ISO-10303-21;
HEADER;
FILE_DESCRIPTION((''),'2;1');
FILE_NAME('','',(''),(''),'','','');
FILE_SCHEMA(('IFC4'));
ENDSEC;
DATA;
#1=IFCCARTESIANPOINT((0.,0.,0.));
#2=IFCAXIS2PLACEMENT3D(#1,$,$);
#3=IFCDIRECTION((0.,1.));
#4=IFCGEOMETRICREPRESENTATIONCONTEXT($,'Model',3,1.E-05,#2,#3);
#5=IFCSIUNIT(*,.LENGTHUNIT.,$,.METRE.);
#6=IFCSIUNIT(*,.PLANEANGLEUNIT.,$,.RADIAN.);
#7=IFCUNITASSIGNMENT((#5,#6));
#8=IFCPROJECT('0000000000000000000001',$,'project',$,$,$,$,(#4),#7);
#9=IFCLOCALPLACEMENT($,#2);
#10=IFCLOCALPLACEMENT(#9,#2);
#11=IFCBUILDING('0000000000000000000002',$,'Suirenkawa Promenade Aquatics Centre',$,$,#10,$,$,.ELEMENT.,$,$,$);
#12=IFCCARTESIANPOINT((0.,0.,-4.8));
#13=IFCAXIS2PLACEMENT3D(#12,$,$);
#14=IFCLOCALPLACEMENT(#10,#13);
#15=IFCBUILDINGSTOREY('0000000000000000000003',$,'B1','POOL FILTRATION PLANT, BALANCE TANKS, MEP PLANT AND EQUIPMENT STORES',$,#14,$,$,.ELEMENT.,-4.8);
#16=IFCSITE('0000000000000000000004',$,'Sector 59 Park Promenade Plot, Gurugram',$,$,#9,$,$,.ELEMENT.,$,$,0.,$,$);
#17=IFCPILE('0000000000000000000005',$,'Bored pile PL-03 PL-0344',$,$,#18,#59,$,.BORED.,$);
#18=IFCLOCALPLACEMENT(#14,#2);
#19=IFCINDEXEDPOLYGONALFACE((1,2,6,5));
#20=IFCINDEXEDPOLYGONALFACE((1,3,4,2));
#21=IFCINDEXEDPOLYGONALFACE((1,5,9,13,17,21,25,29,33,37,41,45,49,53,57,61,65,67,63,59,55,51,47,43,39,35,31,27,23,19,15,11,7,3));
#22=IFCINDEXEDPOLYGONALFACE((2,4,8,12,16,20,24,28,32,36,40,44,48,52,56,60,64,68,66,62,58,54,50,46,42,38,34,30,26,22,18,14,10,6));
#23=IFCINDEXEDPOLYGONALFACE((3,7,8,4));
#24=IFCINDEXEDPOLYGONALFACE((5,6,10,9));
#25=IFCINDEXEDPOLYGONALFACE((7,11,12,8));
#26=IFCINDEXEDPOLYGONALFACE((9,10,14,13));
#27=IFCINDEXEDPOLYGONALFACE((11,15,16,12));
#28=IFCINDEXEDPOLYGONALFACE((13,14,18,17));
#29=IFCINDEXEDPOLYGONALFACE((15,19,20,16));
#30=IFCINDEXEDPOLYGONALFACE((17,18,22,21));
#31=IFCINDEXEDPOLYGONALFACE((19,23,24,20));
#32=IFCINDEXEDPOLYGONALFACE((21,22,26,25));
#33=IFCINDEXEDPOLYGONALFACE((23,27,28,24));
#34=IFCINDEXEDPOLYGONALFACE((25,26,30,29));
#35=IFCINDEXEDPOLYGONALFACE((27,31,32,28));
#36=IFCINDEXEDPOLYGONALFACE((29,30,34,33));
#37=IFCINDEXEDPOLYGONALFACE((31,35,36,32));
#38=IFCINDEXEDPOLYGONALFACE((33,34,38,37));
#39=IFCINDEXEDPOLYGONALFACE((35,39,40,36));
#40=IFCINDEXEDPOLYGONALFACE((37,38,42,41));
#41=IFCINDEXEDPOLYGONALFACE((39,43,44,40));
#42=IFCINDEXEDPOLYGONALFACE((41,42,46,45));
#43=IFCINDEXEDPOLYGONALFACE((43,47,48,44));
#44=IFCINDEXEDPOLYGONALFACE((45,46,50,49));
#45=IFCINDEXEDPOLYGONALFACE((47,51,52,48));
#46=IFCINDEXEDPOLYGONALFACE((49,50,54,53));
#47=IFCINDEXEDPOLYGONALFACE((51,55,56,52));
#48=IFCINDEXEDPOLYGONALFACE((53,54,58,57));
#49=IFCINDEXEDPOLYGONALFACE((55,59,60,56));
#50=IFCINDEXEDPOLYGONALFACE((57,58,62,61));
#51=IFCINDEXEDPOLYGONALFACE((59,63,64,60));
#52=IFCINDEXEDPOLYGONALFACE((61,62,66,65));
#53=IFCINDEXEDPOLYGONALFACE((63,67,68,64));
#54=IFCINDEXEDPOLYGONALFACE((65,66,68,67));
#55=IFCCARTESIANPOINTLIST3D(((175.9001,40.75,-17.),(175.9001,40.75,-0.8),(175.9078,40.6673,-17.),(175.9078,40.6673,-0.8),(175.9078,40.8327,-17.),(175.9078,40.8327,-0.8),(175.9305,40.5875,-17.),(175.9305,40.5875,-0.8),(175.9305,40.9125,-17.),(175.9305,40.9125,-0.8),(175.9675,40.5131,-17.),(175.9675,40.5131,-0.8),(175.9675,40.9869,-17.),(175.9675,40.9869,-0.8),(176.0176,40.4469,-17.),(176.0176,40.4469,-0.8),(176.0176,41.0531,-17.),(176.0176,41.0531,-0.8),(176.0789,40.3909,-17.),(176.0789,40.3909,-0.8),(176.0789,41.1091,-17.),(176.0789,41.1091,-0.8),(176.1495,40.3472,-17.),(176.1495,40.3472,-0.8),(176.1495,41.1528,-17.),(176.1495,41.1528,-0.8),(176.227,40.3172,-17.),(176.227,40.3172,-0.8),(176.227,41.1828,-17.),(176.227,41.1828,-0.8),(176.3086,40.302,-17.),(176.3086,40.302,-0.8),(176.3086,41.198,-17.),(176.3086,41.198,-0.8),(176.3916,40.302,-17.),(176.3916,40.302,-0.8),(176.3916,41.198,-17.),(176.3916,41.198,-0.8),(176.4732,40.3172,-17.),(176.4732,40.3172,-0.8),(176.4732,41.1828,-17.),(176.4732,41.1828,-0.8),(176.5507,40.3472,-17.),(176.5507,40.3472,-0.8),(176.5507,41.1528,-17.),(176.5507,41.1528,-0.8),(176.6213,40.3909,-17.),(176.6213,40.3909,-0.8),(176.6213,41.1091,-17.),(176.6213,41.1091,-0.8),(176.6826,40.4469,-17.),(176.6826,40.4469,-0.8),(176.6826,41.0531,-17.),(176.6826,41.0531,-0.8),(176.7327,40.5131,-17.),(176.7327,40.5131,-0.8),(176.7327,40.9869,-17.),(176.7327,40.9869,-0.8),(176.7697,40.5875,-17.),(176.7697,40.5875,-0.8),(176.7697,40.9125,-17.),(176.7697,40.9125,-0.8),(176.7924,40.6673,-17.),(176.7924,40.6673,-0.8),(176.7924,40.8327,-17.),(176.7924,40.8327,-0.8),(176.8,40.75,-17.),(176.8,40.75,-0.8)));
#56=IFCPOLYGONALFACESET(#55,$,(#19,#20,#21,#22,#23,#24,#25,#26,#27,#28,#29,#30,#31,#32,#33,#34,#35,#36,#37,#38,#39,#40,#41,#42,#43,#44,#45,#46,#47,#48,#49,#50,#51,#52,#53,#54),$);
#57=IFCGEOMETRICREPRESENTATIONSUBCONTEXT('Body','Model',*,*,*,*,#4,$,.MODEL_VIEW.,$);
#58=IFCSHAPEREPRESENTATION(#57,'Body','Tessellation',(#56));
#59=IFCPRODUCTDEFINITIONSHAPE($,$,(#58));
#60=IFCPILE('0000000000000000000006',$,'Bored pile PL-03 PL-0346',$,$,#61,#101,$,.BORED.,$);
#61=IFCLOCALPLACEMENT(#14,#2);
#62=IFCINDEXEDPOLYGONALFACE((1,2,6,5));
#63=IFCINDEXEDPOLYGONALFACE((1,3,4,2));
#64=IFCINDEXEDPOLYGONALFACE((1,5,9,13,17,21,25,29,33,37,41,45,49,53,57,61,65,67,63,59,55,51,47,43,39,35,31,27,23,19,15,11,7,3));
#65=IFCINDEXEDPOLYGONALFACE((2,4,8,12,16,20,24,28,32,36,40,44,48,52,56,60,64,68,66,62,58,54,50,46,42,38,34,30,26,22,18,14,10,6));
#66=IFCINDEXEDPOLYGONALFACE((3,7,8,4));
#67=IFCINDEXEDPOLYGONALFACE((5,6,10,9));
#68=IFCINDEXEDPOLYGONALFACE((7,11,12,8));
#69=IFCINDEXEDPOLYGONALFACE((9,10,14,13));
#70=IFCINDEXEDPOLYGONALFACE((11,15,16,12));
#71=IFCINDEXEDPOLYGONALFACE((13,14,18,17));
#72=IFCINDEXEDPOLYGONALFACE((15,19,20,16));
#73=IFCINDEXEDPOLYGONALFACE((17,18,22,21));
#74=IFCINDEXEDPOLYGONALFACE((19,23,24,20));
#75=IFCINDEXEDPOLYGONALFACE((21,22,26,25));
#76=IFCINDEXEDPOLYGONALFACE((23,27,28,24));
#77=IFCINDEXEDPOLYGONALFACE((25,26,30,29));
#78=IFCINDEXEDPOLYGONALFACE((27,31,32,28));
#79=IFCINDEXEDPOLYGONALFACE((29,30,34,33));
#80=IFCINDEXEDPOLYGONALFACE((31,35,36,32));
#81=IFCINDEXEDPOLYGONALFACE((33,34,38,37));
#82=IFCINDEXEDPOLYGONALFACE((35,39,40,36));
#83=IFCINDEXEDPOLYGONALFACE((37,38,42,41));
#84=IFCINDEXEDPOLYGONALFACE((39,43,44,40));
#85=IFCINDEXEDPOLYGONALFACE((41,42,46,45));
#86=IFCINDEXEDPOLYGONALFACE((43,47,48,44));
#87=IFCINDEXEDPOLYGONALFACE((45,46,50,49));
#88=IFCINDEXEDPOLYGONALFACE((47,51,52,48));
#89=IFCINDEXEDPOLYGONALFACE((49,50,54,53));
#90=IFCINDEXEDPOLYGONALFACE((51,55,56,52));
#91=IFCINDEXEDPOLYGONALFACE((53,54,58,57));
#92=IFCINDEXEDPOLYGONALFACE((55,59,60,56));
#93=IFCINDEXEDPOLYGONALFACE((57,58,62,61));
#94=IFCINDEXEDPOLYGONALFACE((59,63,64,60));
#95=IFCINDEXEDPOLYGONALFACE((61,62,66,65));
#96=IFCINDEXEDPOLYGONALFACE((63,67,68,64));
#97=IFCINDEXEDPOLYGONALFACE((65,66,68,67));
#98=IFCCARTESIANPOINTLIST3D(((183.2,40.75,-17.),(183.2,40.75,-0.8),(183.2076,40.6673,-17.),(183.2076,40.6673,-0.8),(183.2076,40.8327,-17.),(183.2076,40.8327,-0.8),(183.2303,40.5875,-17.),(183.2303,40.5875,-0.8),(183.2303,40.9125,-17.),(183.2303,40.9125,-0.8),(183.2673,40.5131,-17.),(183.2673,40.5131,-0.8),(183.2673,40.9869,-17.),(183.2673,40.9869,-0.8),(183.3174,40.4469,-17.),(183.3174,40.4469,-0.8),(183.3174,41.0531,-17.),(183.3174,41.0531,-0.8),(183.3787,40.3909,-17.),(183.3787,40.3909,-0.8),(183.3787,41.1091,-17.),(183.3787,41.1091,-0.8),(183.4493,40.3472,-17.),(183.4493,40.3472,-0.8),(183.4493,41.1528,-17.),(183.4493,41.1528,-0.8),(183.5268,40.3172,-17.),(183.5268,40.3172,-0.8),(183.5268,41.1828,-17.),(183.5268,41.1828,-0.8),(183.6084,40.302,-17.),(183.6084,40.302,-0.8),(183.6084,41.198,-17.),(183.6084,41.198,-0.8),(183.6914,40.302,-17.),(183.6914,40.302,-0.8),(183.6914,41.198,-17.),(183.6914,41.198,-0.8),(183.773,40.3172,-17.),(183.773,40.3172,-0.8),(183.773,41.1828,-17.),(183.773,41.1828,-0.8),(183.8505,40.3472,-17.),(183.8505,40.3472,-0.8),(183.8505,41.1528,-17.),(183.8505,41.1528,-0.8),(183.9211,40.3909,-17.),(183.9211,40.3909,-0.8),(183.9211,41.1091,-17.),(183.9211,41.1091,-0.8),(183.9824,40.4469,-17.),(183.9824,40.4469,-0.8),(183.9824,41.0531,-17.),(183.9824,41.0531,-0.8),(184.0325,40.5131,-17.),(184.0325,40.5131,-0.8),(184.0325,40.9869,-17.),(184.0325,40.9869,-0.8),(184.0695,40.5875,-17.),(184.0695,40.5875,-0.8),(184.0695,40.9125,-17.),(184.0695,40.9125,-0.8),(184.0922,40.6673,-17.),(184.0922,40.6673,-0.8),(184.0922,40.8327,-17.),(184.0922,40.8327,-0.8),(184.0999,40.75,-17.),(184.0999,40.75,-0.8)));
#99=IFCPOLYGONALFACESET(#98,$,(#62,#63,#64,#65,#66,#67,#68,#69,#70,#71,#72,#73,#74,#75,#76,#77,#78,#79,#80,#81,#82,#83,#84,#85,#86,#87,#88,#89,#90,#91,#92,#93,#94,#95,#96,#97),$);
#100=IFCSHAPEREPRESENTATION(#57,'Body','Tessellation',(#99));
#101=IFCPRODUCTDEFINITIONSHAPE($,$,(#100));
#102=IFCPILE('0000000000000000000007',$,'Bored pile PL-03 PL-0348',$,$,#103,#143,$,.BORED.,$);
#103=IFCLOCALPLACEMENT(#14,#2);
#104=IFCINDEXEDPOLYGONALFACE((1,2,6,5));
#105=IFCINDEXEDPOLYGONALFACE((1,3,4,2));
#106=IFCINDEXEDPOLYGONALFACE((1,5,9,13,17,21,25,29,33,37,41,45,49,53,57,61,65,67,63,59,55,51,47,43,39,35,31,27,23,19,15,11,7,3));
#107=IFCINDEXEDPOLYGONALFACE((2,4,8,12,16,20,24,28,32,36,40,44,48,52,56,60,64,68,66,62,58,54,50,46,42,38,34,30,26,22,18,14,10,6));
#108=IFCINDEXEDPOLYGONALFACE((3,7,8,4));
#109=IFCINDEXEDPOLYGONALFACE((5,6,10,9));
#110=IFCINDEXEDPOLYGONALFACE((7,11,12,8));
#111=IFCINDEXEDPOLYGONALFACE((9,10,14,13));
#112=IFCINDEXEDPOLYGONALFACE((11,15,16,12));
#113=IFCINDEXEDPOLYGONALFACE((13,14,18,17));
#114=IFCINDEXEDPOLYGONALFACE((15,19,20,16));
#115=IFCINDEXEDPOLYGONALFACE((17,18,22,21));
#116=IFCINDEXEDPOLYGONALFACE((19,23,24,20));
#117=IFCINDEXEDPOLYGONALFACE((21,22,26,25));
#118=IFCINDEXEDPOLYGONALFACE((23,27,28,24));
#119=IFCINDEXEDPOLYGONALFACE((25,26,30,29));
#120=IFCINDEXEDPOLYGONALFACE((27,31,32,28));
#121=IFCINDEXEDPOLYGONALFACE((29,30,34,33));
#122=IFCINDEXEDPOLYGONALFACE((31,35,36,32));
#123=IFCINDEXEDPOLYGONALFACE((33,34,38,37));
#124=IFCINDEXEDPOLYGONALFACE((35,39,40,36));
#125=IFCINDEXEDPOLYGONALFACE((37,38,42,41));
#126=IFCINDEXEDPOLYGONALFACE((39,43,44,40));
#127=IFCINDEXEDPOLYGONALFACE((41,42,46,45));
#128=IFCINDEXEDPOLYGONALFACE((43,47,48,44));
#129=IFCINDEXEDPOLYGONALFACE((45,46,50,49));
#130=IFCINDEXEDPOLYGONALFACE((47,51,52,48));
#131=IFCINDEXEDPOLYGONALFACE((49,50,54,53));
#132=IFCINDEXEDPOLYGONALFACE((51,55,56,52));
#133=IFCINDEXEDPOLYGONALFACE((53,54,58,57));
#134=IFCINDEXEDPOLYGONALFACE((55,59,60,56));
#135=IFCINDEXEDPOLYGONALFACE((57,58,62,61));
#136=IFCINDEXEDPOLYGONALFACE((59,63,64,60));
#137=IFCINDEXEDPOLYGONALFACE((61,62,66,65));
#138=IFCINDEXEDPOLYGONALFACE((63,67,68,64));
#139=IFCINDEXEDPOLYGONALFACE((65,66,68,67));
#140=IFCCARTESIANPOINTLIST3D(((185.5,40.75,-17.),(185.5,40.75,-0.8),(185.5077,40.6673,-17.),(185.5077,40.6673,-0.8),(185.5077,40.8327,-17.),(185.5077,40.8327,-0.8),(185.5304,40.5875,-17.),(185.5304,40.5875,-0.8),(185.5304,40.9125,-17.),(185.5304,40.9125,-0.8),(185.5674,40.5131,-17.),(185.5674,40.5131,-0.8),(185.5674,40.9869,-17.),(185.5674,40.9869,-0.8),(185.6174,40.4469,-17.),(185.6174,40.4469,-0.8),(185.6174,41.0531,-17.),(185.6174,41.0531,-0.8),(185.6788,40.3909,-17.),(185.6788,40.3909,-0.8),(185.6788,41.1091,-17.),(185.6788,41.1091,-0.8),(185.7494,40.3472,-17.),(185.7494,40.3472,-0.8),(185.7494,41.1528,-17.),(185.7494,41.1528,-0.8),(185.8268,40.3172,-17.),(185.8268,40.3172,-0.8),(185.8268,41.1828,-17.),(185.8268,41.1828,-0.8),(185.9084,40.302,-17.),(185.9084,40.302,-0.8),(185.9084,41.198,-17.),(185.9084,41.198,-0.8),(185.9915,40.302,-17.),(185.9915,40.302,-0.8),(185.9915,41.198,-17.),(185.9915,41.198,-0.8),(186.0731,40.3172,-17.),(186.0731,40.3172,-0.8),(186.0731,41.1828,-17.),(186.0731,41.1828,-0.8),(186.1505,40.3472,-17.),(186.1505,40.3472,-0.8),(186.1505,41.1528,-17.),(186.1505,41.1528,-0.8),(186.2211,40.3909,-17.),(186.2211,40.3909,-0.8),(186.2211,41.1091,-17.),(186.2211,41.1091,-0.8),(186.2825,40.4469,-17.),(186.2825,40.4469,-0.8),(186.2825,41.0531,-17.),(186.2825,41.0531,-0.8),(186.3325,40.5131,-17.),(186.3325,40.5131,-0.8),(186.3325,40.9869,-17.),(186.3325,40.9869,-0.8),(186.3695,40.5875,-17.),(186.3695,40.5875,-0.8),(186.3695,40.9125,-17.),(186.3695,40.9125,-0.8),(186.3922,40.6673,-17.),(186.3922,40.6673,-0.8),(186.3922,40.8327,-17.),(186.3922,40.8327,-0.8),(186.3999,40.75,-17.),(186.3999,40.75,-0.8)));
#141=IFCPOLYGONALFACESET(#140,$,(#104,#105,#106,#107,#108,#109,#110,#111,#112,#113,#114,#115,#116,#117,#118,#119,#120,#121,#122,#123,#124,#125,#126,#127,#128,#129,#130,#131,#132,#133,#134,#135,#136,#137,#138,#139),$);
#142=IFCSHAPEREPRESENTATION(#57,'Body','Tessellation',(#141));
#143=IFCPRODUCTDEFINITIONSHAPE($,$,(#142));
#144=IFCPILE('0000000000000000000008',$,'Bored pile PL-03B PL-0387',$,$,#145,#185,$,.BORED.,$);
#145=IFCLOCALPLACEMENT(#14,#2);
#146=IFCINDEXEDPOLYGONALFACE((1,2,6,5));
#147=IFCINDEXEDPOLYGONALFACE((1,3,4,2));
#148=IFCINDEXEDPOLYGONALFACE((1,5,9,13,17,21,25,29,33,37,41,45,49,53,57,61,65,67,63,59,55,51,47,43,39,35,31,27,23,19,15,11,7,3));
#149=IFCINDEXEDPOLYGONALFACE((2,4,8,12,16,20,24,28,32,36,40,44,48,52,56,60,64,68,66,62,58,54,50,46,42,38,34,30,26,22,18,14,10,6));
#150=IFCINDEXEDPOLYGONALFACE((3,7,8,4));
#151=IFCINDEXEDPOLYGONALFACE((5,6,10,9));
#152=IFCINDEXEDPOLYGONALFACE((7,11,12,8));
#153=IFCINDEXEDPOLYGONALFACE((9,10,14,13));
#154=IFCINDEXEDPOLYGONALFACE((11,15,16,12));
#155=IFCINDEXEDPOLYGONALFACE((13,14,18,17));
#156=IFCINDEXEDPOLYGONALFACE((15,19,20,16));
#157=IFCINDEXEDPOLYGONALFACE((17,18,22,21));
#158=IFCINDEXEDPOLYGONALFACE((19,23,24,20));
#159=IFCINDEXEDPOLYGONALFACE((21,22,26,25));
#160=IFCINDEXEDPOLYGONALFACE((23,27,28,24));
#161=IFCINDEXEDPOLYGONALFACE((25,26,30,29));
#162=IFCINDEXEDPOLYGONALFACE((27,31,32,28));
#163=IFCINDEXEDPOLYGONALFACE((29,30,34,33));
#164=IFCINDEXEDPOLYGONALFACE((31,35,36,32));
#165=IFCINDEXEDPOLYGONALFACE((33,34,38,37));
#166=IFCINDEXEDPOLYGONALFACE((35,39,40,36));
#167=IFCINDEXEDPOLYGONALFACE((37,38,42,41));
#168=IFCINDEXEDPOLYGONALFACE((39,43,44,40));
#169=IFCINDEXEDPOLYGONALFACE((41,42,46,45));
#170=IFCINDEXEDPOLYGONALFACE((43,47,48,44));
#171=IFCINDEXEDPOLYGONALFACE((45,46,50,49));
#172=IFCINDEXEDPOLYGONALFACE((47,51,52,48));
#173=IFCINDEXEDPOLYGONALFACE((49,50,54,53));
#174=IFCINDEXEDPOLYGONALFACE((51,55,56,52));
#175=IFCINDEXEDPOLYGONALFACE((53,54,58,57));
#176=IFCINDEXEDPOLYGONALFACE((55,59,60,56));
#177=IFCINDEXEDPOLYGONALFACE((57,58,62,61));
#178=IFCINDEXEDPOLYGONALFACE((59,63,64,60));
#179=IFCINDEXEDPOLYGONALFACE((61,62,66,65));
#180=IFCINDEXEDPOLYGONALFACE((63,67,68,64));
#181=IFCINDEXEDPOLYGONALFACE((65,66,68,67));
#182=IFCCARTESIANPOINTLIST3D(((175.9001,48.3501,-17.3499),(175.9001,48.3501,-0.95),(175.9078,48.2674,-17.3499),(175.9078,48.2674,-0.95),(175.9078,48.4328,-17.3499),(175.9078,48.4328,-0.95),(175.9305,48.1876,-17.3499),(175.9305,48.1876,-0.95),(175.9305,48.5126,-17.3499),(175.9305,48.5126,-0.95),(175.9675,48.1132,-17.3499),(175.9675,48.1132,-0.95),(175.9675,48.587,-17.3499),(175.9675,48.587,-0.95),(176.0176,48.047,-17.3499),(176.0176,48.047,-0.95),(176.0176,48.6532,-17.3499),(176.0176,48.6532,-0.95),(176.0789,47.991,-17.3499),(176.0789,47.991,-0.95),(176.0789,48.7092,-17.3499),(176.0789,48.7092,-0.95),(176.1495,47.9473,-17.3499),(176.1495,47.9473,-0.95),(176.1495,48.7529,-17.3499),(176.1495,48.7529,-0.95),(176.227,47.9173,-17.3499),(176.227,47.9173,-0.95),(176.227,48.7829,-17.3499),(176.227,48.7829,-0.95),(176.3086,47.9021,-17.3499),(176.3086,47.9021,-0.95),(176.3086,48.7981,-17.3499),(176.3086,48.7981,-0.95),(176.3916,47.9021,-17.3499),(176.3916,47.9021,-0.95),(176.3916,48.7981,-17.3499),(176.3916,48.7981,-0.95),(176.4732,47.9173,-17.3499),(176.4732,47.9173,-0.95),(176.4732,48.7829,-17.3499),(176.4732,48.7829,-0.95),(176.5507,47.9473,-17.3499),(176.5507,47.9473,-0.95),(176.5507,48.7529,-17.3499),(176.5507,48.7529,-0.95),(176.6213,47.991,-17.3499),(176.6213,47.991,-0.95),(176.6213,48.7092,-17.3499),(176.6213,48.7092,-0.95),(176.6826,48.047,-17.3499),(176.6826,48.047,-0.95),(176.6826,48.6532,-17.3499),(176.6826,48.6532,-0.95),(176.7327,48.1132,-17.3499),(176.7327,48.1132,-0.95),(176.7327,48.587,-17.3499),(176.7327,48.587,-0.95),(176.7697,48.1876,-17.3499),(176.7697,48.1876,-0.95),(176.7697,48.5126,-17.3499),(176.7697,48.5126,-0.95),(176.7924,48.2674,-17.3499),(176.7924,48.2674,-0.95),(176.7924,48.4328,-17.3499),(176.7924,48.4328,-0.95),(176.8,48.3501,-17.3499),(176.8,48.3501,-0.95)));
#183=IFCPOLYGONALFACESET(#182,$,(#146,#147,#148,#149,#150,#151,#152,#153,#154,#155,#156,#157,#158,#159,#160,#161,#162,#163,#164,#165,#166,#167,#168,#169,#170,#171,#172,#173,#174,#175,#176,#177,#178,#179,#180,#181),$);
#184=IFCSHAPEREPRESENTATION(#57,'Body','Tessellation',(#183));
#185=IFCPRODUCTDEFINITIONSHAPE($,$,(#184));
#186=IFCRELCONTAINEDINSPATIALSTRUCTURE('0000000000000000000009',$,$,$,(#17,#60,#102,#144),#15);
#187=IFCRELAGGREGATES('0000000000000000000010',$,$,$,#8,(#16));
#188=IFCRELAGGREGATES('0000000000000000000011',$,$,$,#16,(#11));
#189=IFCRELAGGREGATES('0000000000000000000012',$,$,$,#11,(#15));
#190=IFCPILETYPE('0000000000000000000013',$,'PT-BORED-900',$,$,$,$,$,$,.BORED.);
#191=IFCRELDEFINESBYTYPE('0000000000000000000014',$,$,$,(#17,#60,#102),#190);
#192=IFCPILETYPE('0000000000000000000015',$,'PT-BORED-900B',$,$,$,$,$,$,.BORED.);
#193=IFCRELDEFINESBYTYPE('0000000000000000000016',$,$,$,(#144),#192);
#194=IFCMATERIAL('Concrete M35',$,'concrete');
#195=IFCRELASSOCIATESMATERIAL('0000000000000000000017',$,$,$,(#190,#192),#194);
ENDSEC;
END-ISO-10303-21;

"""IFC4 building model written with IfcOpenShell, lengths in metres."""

from ifc_helpers import new_model, si_unit, direction, frame, origin, origin_2d, place, context, subcontext, project, spatial, circle, extrude, material, material_profile, profile_set, type_object, element, save


model = new_model("IFC4")

# Units and contexts
model_context = context("Model", 3, precision=1e-05, world=origin(), true_north=direction((0.0, 1.0)))
body_context = subcontext(model_context, "Body", "Model", "MODEL_VIEW")
ifc_project = project(units=[si_unit("LENGTHUNIT", "METRE"), si_unit("PLANEANGLEUNIT", "RADIAN")], contexts=[model_context])

# Site, building, storey
site_placement = place(None, origin())
site = spatial("IfcSite", under=ifc_project, at=site_placement, Name="Sector 59 Park Promenade Plot, Gurugram", CompositionType="ELEMENT", RefElevation=0.0)
building_placement = place(site_placement, origin())
building = spatial("IfcBuilding", under=site, at=building_placement, Name="Suirenkawa Promenade Aquatics Centre", CompositionType="ELEMENT")
storey_placement = place(building_placement, frame((0.0, 0.0, -4.8)))
storey = spatial("IfcBuildingStorey", under=building, at=storey_placement, Name="B1", Description="POOL FILTRATION PLANT, BALANCE TANKS, MEP PLANT AND EQUIPMENT STORES", CompositionType="ELEMENT", Elevation=-4.8)

# Shared definitions
ifc_material_1 = material(Name="Concrete M35", Category="concrete")

# Piles
ifc_material_profile_1 = material_profile(ifc_material_1, circle(Radius=0.45, at=origin_2d()), Name="PILE D900", Category="concrete")
ifc_profile_set_1 = profile_set([ifc_material_profile_1], Name="Concrete M35")
pile_type_1 = type_object("IfcPileType", Name="PT-BORED-900", PredefinedType="BORED", material=ifc_profile_set_1)
for number, where, z_axis, x_axis, name in (
    (1, (176.3501, 40.75, -0.8), (0.0, 0.0, -1.0), (1.0, 0.0, 0.0), "Bored pile PL-03 PL-0344"),
    (2, (183.6499, 40.75, -0.8), (0.0, 0.0, -1.0), (1.0, 0.0, 0.0), "Bored pile PL-03 PL-0346"),
    (3, (185.95, 40.75, -0.8), (0.0, 0.0, -1.0), (1.0, 0.0, 0.0), "Bored pile PL-03 PL-0348"),
):
    element("IfcPile", number, at=place(storey_placement, frame(where, z_axis=z_axis, x_axis=x_axis)), inside=storey, type_object=pile_type_1, Name=name, PredefinedType="BORED", context=body_context, shape_type="SweptSolid", body=[
        extrude(circle(Radius=0.45, at=origin_2d()), origin(), (0.0, 0.0, 1.0), 16.2),
    ])
ifc_material_profile_2 = material_profile(ifc_material_1, circle(Radius=0.45, at=origin_2d()), Name="PILE D900", Category="concrete")
ifc_profile_set_2 = profile_set([ifc_material_profile_2], Name="Concrete M35")
pile_type_2 = type_object("IfcPileType", Name="PT-BORED-900B", PredefinedType="BORED", material=ifc_profile_set_2)
for number, where, z_axis, x_axis, name in (
    (4, (176.3501, 48.3501, -0.95), (0.0, 0.0, -1.0), (1.0, 0.0, 0.0), "Bored pile PL-03B PL-0387"),
):
    element("IfcPile", number, at=place(storey_placement, frame(where, z_axis=z_axis, x_axis=x_axis)), inside=storey, type_object=pile_type_2, Name=name, PredefinedType="BORED", context=body_context, shape_type="SweptSolid", body=[
        extrude(circle(Radius=0.45, at=origin_2d()), origin(), (0.0, 0.0, 1.0), 16.3999),
    ])

save(model, "model.ifc")
